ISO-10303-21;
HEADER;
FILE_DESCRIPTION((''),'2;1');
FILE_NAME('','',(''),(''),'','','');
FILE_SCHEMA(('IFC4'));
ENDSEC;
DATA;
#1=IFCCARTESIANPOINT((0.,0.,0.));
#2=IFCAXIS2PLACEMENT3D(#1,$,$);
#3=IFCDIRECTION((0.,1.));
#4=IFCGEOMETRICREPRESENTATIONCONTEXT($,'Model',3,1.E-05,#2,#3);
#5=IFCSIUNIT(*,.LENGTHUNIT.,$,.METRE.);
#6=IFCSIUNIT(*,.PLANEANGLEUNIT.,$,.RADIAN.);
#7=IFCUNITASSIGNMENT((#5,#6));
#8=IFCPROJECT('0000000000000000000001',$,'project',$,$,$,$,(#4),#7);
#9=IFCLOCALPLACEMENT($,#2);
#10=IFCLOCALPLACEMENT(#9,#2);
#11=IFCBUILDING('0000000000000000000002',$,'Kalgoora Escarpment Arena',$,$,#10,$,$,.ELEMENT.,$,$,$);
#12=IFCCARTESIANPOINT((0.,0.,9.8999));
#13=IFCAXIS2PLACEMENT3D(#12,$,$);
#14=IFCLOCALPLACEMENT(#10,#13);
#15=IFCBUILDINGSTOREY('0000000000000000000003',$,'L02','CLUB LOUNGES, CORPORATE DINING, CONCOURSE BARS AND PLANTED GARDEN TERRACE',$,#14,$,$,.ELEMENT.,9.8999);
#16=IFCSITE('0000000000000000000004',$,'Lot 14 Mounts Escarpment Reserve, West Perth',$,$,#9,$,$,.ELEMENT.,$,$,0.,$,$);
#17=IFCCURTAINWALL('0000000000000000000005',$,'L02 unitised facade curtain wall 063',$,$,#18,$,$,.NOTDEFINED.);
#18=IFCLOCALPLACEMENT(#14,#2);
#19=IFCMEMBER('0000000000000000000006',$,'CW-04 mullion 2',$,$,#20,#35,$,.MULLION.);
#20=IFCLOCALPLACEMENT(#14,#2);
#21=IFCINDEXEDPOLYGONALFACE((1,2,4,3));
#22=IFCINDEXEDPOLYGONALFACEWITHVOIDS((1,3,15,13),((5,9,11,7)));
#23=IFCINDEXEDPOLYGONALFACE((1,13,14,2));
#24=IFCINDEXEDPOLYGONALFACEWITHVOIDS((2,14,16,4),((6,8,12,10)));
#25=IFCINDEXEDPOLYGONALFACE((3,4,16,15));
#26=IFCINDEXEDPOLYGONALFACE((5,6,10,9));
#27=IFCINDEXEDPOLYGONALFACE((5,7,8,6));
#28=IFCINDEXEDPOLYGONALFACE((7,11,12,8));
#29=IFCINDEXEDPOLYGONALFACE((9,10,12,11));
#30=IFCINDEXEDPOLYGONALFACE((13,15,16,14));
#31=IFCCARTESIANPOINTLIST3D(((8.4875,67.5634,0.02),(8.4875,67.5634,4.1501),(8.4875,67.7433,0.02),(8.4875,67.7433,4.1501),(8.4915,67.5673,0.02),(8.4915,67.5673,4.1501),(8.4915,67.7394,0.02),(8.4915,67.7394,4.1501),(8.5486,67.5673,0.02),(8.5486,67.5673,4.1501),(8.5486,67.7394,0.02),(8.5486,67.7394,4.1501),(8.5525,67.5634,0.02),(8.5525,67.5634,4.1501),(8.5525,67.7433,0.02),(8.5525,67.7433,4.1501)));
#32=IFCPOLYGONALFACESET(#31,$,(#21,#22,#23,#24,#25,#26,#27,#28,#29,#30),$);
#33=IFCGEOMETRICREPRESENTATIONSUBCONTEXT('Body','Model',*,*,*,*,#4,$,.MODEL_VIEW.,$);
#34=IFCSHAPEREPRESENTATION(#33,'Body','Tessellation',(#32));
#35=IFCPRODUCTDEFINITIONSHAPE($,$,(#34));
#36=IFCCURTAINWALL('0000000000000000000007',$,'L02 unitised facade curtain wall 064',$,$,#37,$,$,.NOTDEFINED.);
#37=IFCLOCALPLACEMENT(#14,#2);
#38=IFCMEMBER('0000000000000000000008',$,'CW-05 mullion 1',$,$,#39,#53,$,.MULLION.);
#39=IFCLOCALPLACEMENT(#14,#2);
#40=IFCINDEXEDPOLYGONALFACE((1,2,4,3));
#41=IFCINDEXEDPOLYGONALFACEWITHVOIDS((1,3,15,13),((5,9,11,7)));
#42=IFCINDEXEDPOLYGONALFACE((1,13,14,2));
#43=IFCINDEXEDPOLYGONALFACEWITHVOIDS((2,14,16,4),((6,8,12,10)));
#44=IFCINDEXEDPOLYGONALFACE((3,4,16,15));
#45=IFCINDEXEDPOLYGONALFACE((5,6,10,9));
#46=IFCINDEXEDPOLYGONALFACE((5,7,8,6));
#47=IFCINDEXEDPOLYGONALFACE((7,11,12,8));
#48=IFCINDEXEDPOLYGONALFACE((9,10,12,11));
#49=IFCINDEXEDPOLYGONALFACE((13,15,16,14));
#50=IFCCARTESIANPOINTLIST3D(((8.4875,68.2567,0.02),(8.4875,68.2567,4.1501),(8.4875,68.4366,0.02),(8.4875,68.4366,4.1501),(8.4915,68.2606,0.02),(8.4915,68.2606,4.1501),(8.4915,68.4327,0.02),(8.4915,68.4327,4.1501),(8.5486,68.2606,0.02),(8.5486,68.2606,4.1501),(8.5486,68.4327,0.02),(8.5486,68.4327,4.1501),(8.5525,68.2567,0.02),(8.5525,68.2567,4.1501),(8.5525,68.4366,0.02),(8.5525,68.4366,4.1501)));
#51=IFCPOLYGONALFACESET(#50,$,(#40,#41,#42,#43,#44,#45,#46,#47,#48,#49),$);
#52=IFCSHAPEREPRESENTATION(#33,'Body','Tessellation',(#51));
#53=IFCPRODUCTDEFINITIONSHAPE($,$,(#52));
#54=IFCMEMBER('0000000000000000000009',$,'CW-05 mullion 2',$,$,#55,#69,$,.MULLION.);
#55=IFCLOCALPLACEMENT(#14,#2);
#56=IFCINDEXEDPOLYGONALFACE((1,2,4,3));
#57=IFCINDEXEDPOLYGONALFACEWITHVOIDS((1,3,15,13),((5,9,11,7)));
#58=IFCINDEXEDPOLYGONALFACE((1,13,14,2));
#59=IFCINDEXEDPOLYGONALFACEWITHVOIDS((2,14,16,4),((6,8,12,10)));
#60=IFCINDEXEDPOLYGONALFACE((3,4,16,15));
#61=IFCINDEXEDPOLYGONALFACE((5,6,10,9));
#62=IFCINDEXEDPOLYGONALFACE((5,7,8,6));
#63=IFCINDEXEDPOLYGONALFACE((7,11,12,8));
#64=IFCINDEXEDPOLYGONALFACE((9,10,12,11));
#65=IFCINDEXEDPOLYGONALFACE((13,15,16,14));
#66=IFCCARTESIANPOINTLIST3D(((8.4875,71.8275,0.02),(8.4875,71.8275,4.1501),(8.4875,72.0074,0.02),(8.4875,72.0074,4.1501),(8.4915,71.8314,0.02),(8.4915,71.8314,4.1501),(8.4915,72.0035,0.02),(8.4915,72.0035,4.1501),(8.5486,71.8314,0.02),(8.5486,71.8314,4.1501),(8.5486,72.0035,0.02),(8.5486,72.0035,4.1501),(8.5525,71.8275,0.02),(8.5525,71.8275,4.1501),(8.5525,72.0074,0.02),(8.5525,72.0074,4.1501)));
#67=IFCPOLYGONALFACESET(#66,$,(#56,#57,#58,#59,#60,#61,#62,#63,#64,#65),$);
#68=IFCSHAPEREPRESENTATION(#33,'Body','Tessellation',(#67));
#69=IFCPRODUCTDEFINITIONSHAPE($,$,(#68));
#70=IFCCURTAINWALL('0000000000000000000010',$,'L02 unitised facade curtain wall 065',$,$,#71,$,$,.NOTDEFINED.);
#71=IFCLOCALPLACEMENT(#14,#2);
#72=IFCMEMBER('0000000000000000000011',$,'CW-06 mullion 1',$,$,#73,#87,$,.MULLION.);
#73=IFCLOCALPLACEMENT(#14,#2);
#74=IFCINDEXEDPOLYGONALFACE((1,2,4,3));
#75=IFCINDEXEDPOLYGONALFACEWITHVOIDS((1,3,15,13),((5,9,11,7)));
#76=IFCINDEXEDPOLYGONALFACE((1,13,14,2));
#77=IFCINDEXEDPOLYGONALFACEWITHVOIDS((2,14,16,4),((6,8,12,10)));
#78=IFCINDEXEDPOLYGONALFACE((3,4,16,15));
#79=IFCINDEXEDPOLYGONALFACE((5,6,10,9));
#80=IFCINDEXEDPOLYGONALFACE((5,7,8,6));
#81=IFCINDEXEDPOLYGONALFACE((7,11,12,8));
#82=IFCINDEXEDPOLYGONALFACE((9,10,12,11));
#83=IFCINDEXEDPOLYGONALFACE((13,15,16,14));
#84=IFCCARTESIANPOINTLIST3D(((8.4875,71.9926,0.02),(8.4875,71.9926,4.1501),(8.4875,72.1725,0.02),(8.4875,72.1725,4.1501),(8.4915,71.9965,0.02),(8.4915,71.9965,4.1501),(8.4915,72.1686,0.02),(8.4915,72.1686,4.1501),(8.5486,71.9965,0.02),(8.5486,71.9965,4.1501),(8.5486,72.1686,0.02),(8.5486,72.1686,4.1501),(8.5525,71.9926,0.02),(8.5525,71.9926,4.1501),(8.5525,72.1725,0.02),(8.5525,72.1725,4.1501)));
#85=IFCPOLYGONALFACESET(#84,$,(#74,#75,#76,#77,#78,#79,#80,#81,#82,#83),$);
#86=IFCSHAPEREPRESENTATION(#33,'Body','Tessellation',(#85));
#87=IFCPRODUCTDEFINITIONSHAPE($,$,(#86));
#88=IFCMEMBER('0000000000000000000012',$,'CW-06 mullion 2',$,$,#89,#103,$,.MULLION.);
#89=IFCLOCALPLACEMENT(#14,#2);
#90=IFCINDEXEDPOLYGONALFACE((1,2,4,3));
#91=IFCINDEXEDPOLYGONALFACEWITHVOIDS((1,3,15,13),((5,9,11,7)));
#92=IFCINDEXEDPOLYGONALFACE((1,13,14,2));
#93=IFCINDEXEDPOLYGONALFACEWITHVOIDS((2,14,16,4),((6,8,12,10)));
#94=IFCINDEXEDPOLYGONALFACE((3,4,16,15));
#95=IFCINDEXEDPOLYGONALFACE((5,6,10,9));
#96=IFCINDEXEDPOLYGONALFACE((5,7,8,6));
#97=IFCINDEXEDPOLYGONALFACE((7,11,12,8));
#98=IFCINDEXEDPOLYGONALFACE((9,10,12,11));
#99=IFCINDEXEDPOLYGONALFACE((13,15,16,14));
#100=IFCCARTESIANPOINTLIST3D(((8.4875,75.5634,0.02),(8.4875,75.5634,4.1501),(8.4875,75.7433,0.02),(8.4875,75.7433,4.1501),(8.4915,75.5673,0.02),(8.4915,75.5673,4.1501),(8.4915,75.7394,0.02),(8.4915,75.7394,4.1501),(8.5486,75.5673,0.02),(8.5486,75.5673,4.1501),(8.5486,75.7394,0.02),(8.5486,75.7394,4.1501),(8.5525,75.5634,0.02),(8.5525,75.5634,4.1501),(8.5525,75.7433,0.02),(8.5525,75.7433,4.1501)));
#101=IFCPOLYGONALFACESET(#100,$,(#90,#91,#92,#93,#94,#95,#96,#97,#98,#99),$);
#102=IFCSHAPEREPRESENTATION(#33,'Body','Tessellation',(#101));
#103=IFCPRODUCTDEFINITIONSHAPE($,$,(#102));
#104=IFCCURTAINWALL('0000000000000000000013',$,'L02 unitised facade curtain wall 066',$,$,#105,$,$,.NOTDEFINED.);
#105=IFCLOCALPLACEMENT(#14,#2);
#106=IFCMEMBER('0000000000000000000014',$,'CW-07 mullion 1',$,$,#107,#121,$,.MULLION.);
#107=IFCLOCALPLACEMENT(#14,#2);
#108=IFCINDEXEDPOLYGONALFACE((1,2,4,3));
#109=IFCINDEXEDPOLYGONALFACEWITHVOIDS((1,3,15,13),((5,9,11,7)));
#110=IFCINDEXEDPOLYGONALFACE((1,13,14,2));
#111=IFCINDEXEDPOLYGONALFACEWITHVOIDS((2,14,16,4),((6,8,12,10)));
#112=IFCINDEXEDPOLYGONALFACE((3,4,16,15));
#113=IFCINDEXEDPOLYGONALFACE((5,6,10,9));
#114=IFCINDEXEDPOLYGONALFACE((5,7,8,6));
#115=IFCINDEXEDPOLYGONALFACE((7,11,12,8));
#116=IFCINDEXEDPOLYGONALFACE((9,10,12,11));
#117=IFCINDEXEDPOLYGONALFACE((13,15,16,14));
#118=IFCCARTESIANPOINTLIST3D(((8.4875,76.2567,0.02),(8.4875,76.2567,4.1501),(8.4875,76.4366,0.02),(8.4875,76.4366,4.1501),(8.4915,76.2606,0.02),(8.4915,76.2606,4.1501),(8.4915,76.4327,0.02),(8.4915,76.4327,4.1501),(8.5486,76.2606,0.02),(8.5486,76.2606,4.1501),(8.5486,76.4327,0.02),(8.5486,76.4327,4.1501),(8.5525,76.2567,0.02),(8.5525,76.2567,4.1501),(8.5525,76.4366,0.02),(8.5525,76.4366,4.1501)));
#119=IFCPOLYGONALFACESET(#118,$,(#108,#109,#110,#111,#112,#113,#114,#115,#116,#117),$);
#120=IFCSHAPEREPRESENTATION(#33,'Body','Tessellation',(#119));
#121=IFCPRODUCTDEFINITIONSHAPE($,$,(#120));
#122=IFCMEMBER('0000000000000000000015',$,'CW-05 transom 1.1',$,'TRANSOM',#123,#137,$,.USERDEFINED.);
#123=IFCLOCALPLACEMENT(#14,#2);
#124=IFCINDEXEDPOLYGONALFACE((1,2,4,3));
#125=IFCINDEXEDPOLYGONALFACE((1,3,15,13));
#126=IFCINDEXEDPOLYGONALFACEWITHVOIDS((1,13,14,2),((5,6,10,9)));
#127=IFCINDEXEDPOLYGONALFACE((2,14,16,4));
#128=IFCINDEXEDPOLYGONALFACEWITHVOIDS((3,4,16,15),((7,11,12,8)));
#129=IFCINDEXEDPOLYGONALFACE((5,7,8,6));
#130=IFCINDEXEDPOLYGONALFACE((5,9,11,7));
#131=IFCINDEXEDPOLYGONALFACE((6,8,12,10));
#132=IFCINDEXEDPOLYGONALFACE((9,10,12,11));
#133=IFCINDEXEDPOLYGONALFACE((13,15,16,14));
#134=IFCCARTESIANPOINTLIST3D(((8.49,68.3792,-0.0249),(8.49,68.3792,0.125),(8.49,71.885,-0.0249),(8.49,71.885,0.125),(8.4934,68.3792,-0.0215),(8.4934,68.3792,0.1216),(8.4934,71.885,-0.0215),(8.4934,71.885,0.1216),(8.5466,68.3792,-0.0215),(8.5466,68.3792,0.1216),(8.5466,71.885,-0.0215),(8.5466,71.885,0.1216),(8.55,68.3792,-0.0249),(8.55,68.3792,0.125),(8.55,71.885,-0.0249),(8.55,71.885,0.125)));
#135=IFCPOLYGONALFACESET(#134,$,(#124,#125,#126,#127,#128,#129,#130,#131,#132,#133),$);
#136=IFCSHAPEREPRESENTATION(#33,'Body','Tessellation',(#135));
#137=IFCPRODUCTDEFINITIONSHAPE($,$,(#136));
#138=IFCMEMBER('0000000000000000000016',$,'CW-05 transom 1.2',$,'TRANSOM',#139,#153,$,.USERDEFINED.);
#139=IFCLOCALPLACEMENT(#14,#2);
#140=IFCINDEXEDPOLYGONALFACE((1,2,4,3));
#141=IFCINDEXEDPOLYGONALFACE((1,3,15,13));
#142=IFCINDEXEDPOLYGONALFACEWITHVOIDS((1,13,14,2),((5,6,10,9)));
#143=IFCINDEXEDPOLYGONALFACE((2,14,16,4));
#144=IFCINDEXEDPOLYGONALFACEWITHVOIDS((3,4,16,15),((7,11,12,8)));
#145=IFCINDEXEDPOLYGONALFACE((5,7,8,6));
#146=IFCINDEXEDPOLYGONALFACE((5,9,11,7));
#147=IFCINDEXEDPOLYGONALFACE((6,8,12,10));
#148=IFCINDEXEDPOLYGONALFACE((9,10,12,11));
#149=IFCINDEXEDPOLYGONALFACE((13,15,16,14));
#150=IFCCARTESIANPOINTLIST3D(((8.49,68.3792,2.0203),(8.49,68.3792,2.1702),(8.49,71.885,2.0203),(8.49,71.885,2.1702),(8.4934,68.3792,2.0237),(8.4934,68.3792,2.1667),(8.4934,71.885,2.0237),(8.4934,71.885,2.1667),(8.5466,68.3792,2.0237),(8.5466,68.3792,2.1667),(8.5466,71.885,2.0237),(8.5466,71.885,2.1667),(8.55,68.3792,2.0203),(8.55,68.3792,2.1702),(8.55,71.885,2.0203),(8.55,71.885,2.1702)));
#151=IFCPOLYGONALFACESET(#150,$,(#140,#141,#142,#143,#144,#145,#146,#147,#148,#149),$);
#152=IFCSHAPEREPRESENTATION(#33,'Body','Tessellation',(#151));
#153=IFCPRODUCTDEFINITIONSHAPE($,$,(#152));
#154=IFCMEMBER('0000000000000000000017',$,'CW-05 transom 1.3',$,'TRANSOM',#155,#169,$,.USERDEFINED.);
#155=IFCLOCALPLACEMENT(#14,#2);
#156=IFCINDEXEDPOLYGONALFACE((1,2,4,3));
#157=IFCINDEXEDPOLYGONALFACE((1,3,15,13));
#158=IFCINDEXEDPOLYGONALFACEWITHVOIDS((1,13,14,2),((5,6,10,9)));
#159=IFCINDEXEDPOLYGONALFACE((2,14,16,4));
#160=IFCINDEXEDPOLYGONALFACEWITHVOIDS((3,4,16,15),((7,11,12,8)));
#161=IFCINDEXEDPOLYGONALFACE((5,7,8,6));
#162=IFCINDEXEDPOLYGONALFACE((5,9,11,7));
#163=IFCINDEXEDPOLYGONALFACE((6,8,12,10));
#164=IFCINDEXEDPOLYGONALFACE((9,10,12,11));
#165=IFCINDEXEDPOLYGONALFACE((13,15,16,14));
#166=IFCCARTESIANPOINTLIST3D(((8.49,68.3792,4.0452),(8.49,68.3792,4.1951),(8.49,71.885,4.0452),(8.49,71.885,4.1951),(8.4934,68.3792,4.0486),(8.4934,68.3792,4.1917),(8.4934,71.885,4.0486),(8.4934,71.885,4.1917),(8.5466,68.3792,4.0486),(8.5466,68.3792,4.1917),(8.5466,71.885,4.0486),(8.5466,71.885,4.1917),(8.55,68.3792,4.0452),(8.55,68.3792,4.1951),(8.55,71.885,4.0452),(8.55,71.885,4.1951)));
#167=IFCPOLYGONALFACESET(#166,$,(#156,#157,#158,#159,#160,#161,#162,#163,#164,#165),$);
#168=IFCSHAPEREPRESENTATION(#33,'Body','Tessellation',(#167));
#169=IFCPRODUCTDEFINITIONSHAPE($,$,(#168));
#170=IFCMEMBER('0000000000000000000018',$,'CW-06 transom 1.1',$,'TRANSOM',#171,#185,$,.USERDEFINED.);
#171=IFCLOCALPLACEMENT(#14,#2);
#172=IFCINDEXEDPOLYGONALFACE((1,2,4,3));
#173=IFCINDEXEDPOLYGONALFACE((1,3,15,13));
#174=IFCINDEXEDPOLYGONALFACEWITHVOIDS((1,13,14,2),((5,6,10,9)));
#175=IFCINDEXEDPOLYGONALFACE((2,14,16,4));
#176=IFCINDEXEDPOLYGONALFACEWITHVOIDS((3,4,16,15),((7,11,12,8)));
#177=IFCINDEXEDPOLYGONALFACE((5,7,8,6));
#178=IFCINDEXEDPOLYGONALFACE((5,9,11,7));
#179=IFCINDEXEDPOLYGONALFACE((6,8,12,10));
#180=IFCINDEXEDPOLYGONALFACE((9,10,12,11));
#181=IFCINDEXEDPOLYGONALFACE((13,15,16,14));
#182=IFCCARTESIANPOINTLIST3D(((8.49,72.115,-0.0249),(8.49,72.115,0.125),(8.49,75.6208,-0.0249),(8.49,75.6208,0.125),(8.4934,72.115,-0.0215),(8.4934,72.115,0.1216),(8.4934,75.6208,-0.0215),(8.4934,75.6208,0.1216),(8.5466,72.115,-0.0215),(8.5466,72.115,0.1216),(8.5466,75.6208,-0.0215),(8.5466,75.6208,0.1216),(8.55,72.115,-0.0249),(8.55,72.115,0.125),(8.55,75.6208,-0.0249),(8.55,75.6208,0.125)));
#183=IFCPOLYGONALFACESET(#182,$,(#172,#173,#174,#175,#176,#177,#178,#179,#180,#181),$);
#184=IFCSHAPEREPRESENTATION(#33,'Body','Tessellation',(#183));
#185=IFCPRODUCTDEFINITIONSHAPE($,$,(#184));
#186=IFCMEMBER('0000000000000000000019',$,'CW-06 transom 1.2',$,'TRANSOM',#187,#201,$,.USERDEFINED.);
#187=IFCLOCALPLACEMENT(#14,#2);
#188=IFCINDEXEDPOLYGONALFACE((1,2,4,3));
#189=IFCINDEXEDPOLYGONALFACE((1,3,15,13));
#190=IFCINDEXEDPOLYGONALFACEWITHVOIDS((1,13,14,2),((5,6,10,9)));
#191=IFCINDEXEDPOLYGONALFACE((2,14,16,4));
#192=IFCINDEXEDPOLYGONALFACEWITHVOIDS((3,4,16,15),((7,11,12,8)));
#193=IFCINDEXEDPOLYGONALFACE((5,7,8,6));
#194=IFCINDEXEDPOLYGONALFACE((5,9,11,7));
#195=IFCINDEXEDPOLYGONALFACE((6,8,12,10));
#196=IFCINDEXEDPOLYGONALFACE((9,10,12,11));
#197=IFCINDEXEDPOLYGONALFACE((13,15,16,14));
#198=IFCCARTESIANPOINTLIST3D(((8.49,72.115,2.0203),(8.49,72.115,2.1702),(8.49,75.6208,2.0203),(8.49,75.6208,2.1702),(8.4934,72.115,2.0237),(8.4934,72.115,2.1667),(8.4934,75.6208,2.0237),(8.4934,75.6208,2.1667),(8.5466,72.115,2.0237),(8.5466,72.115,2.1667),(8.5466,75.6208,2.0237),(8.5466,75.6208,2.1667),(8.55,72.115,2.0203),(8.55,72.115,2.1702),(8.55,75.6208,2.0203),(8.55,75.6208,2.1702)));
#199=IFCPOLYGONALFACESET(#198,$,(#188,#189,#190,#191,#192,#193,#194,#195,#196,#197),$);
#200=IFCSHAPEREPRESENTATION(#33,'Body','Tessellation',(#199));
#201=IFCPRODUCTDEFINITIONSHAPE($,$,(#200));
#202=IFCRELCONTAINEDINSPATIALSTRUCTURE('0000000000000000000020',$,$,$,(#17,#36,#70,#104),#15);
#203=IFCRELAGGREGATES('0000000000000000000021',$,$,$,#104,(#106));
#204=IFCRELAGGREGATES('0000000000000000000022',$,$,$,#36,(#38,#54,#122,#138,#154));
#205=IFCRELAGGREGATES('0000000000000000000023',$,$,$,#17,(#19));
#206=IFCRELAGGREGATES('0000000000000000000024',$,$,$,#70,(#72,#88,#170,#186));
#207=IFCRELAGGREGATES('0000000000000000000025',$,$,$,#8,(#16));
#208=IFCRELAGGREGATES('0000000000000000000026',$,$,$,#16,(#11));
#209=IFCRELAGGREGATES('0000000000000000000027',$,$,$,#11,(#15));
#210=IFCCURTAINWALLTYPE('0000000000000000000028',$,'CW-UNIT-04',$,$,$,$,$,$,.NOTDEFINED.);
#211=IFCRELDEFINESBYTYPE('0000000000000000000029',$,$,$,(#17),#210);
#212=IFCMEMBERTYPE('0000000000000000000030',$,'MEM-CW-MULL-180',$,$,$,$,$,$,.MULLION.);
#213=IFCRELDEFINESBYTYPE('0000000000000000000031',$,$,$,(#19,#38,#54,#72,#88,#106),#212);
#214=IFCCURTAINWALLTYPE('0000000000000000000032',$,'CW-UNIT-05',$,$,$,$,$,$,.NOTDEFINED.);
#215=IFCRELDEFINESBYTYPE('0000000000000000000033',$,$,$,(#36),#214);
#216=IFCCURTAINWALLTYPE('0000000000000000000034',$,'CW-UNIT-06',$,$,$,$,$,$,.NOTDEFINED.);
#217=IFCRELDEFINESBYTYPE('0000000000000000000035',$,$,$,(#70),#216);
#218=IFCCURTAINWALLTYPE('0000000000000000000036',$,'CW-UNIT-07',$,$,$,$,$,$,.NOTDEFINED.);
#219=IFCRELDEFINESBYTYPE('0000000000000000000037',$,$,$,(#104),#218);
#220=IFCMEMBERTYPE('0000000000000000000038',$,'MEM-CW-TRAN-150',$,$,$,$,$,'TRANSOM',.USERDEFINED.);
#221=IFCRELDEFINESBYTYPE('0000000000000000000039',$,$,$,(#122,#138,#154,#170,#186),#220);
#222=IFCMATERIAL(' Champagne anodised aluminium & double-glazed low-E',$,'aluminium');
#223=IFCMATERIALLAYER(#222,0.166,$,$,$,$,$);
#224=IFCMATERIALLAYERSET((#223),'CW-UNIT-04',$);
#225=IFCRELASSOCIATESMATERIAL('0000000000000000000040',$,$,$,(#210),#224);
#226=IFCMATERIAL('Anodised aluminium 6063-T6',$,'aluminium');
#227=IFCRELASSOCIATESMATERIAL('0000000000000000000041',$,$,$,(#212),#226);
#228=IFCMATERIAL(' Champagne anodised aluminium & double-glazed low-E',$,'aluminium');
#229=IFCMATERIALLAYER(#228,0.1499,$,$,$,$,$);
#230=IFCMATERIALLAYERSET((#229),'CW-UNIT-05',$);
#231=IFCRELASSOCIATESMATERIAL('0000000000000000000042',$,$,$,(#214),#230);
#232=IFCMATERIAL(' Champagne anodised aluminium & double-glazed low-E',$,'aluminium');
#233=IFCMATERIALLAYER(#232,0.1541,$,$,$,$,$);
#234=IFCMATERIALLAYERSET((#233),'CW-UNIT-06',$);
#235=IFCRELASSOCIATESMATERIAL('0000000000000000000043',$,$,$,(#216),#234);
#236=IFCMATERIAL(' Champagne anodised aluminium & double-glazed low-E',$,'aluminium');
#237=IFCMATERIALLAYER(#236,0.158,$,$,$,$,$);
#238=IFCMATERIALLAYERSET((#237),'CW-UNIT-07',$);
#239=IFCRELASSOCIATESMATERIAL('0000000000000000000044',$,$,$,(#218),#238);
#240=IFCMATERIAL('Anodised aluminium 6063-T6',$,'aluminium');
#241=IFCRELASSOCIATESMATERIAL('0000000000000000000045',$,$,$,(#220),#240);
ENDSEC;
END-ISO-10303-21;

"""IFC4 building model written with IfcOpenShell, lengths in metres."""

from ifc_helpers import new_model, si_unit, direction, frame, origin, origin_2d, place, context, subcontext, project, spatial, hollow_rectangle, extrude, material, layer, layer_set, material_profile, profile_set, type_object, element, aggregate, save


model = new_model("IFC4")

# Units and contexts
model_context = context("Model", 3, precision=1e-05, world=origin(), true_north=direction((0.0, 1.0)))
body_context = subcontext(model_context, "Body", "Model", "MODEL_VIEW")
ifc_project = project(units=[si_unit("LENGTHUNIT", "METRE"), si_unit("PLANEANGLEUNIT", "RADIAN")], contexts=[model_context])

# Site, building, storey
site_placement = place(None, origin())
site = spatial("IfcSite", under=ifc_project, at=site_placement, Name="Lot 14 Mounts Escarpment Reserve, West Perth", CompositionType="ELEMENT", RefElevation=0.0)
building_placement = place(site_placement, origin())
building = spatial("IfcBuilding", under=site, at=building_placement, Name="Kalgoora Escarpment Arena", CompositionType="ELEMENT")
storey_placement = place(building_placement, frame((0.0, 0.0, 9.8999)))
storey = spatial("IfcBuildingStorey", under=building, at=storey_placement, Name="L02", Description="CLUB LOUNGES, CORPORATE DINING, CONCOURSE BARS AND PLANTED GARDEN TERRACE", CompositionType="ELEMENT", Elevation=9.8999)

# Curtain wall, member
ifc_material_1 = material(Name=" Champagne anodised aluminium & double-glazed low-E", Category="aluminium")
ifc_layer_1 = layer(ifc_material_1, 0.166)
ifc_layer_set_1 = layer_set([ifc_layer_1], Name="CW-UNIT-04")
curtain_wall_type_1 = type_object("IfcCurtainWallType", Name="CW-UNIT-04", PredefinedType="NOTDEFINED", material=ifc_layer_set_1)
curtain_wall_1_placement = place(storey_placement, origin())
curtain_wall_1 = element("IfcCurtainWall", 1, at=curtain_wall_1_placement, inside=storey, type_object=curtain_wall_type_1, Name="L02 unitised facade curtain wall 063", PredefinedType="NOTDEFINED")
ifc_material_2 = material(Name="Anodised aluminium 6063-T6", Category="aluminium")
ifc_material_profile_1 = material_profile(ifc_material_2, hollow_rectangle(XDim=0.0649, YDim=0.1799, WallThickness=0.0039, at=origin_2d()))
ifc_profile_set_1 = profile_set([ifc_material_profile_1], Name="Anodised aluminium 6063-T6")
member_type_1 = type_object("IfcMemberType", Name="MEM-CW-MULL-180", PredefinedType="MULLION", material=ifc_profile_set_1)
member_1_placement = place(storey_placement, frame((8.52, 67.6533, 0.02), z_axis=(0.0, 0.0, 1.0), x_axis=(-1.0, 0.0, 0.0)))
member_1 = element("IfcMember", 2, at=member_1_placement, type_object=member_type_1, Name="CW-04 mullion 2", PredefinedType="MULLION", context=body_context, shape_type="SweptSolid", body=[
    extrude(hollow_rectangle(XDim=0.0649, YDim=0.1799, WallThickness=0.0039, at=origin_2d()), origin(), (0.0, 0.0, 1.0), 4.1301),
])

# Curtain walls, members
ifc_material_3 = material(Name=" Champagne anodised aluminium & double-glazed low-E", Category="aluminium")
ifc_layer_2 = layer(ifc_material_3, 0.1499)
ifc_layer_set_2 = layer_set([ifc_layer_2], Name="CW-UNIT-05")
curtain_wall_type_2 = type_object("IfcCurtainWallType", Name="CW-UNIT-05", PredefinedType="NOTDEFINED", material=ifc_layer_set_2)
curtain_wall_2_placement = place(storey_placement, origin())
curtain_wall_2 = element("IfcCurtainWall", 3, at=curtain_wall_2_placement, inside=storey, type_object=curtain_wall_type_2, Name="L02 unitised facade curtain wall 064", PredefinedType="NOTDEFINED")
member_2_placement = place(storey_placement, frame((8.52, 68.3467, 0.02), z_axis=(0.0, 0.0, 1.0), x_axis=(-1.0, 0.0, 0.0)))
member_2 = element("IfcMember", 4, at=member_2_placement, type_object=member_type_1, Name="CW-05 mullion 1", PredefinedType="MULLION", context=body_context, shape_type="SweptSolid", body=[
    extrude(hollow_rectangle(XDim=0.0649, YDim=0.1799, WallThickness=0.0039, at=origin_2d()), origin(), (0.0, 0.0, 1.0), 4.1301),
])
member_3_placement = place(storey_placement, frame((8.52, 71.9175, 0.02), z_axis=(0.0, 0.0, 1.0), x_axis=(-1.0, 0.0, 0.0)))
member_3 = element("IfcMember", 5, at=member_3_placement, type_object=member_type_1, Name="CW-05 mullion 2", PredefinedType="MULLION", context=body_context, shape_type="SweptSolid", body=[
    extrude(hollow_rectangle(XDim=0.0649, YDim=0.1799, WallThickness=0.0039, at=origin_2d()), origin(), (0.0, 0.0, 1.0), 4.1301),
])
ifc_material_4 = material(Name=" Champagne anodised aluminium & double-glazed low-E", Category="aluminium")
ifc_layer_3 = layer(ifc_material_4, 0.1541)
ifc_layer_set_3 = layer_set([ifc_layer_3], Name="CW-UNIT-06")
curtain_wall_type_3 = type_object("IfcCurtainWallType", Name="CW-UNIT-06", PredefinedType="NOTDEFINED", material=ifc_layer_set_3)
curtain_wall_3_placement = place(storey_placement, origin())
curtain_wall_3 = element("IfcCurtainWall", 6, at=curtain_wall_3_placement, inside=storey, type_object=curtain_wall_type_3, Name="L02 unitised facade curtain wall 065", PredefinedType="NOTDEFINED")
member_4_placement = place(storey_placement, frame((8.52, 72.0825, 0.02), z_axis=(0.0, 0.0, 1.0), x_axis=(-1.0, 0.0, 0.0)))
member_4 = element("IfcMember", 7, at=member_4_placement, type_object=member_type_1, Name="CW-06 mullion 1", PredefinedType="MULLION", context=body_context, shape_type="SweptSolid", body=[
    extrude(hollow_rectangle(XDim=0.0649, YDim=0.1799, WallThickness=0.0039, at=origin_2d()), origin(), (0.0, 0.0, 1.0), 4.1301),
])
member_5_placement = place(storey_placement, frame((8.52, 75.6533, 0.02), z_axis=(0.0, 0.0, 1.0), x_axis=(-1.0, 0.0, 0.0)))
member_5 = element("IfcMember", 8, at=member_5_placement, type_object=member_type_1, Name="CW-06 mullion 2", PredefinedType="MULLION", context=body_context, shape_type="SweptSolid", body=[
    extrude(hollow_rectangle(XDim=0.0649, YDim=0.1799, WallThickness=0.0039, at=origin_2d()), origin(), (0.0, 0.0, 1.0), 4.1301),
])

# Curtain wall, member
ifc_material_5 = material(Name=" Champagne anodised aluminium & double-glazed low-E", Category="aluminium")
ifc_layer_4 = layer(ifc_material_5, 0.158)
ifc_layer_set_4 = layer_set([ifc_layer_4], Name="CW-UNIT-07")
curtain_wall_type_4 = type_object("IfcCurtainWallType", Name="CW-UNIT-07", PredefinedType="NOTDEFINED", material=ifc_layer_set_4)
curtain_wall_4_placement = place(storey_placement, origin())
curtain_wall_4 = element("IfcCurtainWall", 9, at=curtain_wall_4_placement, inside=storey, type_object=curtain_wall_type_4, Name="L02 unitised facade curtain wall 066", PredefinedType="NOTDEFINED")
member_6_placement = place(storey_placement, frame((8.52, 76.3467, 0.02), z_axis=(0.0, 0.0, 1.0), x_axis=(-1.0, 0.0, 0.0)))
member_6 = element("IfcMember", 10, at=member_6_placement, type_object=member_type_1, Name="CW-07 mullion 1", PredefinedType="MULLION", context=body_context, shape_type="SweptSolid", body=[
    extrude(hollow_rectangle(XDim=0.0649, YDim=0.1799, WallThickness=0.0039, at=origin_2d()), origin(), (0.0, 0.0, 1.0), 4.1301),
])

# Members
ifc_material_6 = material(Name="Anodised aluminium 6063-T6", Category="aluminium")
ifc_material_profile_2 = material_profile(ifc_material_6, hollow_rectangle(XDim=0.0601, YDim=0.1499, WallThickness=0.0034, at=origin_2d()))
ifc_profile_set_2 = profile_set([ifc_material_profile_2], Name="Anodised aluminium 6063-T6")
member_type_2 = type_object("IfcMemberType", Name="MEM-CW-TRAN-150", ElementType="TRANSOM", PredefinedType="USERDEFINED", material=ifc_profile_set_2)
member_7_placement = place(storey_placement, frame((8.52, 68.3792, 0.05), z_axis=(0.0, 1.0, 0.0), x_axis=(-1.0, 0.0, 0.0)))
member_7 = element("IfcMember", 11, at=member_7_placement, type_object=member_type_2, Name="CW-05 transom 1.1", ObjectType="TRANSOM", PredefinedType="USERDEFINED", context=body_context, shape_type="SweptSolid", body=[
    extrude(hollow_rectangle(XDim=0.0601, YDim=0.1499, WallThickness=0.0034, at=origin_2d()), origin(), (0.0, 0.0, 1.0), 3.5059),
])
member_8_placement = place(storey_placement, frame((8.52, 68.3792, 2.0952), z_axis=(0.0, 1.0, 0.0), x_axis=(-1.0, 0.0, 0.0)))
member_8 = element("IfcMember", 12, at=member_8_placement, type_object=member_type_2, Name="CW-05 transom 1.2", ObjectType="TRANSOM", PredefinedType="USERDEFINED", context=body_context, shape_type="SweptSolid", body=[
    extrude(hollow_rectangle(XDim=0.0601, YDim=0.1499, WallThickness=0.0034, at=origin_2d()), origin(), (0.0, 0.0, 1.0), 3.5059),
])
member_9_placement = place(storey_placement, frame((8.52, 68.3792, 4.1201), z_axis=(0.0, 1.0, 0.0), x_axis=(-1.0, 0.0, 0.0)))
member_9 = element("IfcMember", 13, at=member_9_placement, type_object=member_type_2, Name="CW-05 transom 1.3", ObjectType="TRANSOM", PredefinedType="USERDEFINED", context=body_context, shape_type="SweptSolid", body=[
    extrude(hollow_rectangle(XDim=0.0601, YDim=0.1499, WallThickness=0.0034, at=origin_2d()), origin(), (0.0, 0.0, 1.0), 3.5059),
])
member_10_placement = place(storey_placement, frame((8.52, 72.115, 0.05), z_axis=(0.0, 1.0, 0.0), x_axis=(-1.0, 0.0, 0.0)))
member_10 = element("IfcMember", 14, at=member_10_placement, type_object=member_type_2, Name="CW-06 transom 1.1", ObjectType="TRANSOM", PredefinedType="USERDEFINED", context=body_context, shape_type="SweptSolid", body=[
    extrude(hollow_rectangle(XDim=0.0601, YDim=0.1499, WallThickness=0.0034, at=origin_2d()), origin(), (0.0, 0.0, 1.0), 3.5059),
])
member_11_placement = place(storey_placement, frame((8.52, 72.115, 2.0952), z_axis=(0.0, 1.0, 0.0), x_axis=(-1.0, 0.0, 0.0)))
member_11 = element("IfcMember", 15, at=member_11_placement, type_object=member_type_2, Name="CW-06 transom 1.2", ObjectType="TRANSOM", PredefinedType="USERDEFINED", context=body_context, shape_type="SweptSolid", body=[
    extrude(hollow_rectangle(XDim=0.0601, YDim=0.1499, WallThickness=0.0034, at=origin_2d()), origin(), (0.0, 0.0, 1.0), 3.5059),
])
aggregate(curtain_wall_4, [member_6])

aggregate(curtain_wall_2, [member_2, member_3, member_7, member_8, member_9])
aggregate(curtain_wall_1, [member_1])
aggregate(curtain_wall_3, [member_4, member_5, member_10, member_11])

save(model, "model.ifc")
